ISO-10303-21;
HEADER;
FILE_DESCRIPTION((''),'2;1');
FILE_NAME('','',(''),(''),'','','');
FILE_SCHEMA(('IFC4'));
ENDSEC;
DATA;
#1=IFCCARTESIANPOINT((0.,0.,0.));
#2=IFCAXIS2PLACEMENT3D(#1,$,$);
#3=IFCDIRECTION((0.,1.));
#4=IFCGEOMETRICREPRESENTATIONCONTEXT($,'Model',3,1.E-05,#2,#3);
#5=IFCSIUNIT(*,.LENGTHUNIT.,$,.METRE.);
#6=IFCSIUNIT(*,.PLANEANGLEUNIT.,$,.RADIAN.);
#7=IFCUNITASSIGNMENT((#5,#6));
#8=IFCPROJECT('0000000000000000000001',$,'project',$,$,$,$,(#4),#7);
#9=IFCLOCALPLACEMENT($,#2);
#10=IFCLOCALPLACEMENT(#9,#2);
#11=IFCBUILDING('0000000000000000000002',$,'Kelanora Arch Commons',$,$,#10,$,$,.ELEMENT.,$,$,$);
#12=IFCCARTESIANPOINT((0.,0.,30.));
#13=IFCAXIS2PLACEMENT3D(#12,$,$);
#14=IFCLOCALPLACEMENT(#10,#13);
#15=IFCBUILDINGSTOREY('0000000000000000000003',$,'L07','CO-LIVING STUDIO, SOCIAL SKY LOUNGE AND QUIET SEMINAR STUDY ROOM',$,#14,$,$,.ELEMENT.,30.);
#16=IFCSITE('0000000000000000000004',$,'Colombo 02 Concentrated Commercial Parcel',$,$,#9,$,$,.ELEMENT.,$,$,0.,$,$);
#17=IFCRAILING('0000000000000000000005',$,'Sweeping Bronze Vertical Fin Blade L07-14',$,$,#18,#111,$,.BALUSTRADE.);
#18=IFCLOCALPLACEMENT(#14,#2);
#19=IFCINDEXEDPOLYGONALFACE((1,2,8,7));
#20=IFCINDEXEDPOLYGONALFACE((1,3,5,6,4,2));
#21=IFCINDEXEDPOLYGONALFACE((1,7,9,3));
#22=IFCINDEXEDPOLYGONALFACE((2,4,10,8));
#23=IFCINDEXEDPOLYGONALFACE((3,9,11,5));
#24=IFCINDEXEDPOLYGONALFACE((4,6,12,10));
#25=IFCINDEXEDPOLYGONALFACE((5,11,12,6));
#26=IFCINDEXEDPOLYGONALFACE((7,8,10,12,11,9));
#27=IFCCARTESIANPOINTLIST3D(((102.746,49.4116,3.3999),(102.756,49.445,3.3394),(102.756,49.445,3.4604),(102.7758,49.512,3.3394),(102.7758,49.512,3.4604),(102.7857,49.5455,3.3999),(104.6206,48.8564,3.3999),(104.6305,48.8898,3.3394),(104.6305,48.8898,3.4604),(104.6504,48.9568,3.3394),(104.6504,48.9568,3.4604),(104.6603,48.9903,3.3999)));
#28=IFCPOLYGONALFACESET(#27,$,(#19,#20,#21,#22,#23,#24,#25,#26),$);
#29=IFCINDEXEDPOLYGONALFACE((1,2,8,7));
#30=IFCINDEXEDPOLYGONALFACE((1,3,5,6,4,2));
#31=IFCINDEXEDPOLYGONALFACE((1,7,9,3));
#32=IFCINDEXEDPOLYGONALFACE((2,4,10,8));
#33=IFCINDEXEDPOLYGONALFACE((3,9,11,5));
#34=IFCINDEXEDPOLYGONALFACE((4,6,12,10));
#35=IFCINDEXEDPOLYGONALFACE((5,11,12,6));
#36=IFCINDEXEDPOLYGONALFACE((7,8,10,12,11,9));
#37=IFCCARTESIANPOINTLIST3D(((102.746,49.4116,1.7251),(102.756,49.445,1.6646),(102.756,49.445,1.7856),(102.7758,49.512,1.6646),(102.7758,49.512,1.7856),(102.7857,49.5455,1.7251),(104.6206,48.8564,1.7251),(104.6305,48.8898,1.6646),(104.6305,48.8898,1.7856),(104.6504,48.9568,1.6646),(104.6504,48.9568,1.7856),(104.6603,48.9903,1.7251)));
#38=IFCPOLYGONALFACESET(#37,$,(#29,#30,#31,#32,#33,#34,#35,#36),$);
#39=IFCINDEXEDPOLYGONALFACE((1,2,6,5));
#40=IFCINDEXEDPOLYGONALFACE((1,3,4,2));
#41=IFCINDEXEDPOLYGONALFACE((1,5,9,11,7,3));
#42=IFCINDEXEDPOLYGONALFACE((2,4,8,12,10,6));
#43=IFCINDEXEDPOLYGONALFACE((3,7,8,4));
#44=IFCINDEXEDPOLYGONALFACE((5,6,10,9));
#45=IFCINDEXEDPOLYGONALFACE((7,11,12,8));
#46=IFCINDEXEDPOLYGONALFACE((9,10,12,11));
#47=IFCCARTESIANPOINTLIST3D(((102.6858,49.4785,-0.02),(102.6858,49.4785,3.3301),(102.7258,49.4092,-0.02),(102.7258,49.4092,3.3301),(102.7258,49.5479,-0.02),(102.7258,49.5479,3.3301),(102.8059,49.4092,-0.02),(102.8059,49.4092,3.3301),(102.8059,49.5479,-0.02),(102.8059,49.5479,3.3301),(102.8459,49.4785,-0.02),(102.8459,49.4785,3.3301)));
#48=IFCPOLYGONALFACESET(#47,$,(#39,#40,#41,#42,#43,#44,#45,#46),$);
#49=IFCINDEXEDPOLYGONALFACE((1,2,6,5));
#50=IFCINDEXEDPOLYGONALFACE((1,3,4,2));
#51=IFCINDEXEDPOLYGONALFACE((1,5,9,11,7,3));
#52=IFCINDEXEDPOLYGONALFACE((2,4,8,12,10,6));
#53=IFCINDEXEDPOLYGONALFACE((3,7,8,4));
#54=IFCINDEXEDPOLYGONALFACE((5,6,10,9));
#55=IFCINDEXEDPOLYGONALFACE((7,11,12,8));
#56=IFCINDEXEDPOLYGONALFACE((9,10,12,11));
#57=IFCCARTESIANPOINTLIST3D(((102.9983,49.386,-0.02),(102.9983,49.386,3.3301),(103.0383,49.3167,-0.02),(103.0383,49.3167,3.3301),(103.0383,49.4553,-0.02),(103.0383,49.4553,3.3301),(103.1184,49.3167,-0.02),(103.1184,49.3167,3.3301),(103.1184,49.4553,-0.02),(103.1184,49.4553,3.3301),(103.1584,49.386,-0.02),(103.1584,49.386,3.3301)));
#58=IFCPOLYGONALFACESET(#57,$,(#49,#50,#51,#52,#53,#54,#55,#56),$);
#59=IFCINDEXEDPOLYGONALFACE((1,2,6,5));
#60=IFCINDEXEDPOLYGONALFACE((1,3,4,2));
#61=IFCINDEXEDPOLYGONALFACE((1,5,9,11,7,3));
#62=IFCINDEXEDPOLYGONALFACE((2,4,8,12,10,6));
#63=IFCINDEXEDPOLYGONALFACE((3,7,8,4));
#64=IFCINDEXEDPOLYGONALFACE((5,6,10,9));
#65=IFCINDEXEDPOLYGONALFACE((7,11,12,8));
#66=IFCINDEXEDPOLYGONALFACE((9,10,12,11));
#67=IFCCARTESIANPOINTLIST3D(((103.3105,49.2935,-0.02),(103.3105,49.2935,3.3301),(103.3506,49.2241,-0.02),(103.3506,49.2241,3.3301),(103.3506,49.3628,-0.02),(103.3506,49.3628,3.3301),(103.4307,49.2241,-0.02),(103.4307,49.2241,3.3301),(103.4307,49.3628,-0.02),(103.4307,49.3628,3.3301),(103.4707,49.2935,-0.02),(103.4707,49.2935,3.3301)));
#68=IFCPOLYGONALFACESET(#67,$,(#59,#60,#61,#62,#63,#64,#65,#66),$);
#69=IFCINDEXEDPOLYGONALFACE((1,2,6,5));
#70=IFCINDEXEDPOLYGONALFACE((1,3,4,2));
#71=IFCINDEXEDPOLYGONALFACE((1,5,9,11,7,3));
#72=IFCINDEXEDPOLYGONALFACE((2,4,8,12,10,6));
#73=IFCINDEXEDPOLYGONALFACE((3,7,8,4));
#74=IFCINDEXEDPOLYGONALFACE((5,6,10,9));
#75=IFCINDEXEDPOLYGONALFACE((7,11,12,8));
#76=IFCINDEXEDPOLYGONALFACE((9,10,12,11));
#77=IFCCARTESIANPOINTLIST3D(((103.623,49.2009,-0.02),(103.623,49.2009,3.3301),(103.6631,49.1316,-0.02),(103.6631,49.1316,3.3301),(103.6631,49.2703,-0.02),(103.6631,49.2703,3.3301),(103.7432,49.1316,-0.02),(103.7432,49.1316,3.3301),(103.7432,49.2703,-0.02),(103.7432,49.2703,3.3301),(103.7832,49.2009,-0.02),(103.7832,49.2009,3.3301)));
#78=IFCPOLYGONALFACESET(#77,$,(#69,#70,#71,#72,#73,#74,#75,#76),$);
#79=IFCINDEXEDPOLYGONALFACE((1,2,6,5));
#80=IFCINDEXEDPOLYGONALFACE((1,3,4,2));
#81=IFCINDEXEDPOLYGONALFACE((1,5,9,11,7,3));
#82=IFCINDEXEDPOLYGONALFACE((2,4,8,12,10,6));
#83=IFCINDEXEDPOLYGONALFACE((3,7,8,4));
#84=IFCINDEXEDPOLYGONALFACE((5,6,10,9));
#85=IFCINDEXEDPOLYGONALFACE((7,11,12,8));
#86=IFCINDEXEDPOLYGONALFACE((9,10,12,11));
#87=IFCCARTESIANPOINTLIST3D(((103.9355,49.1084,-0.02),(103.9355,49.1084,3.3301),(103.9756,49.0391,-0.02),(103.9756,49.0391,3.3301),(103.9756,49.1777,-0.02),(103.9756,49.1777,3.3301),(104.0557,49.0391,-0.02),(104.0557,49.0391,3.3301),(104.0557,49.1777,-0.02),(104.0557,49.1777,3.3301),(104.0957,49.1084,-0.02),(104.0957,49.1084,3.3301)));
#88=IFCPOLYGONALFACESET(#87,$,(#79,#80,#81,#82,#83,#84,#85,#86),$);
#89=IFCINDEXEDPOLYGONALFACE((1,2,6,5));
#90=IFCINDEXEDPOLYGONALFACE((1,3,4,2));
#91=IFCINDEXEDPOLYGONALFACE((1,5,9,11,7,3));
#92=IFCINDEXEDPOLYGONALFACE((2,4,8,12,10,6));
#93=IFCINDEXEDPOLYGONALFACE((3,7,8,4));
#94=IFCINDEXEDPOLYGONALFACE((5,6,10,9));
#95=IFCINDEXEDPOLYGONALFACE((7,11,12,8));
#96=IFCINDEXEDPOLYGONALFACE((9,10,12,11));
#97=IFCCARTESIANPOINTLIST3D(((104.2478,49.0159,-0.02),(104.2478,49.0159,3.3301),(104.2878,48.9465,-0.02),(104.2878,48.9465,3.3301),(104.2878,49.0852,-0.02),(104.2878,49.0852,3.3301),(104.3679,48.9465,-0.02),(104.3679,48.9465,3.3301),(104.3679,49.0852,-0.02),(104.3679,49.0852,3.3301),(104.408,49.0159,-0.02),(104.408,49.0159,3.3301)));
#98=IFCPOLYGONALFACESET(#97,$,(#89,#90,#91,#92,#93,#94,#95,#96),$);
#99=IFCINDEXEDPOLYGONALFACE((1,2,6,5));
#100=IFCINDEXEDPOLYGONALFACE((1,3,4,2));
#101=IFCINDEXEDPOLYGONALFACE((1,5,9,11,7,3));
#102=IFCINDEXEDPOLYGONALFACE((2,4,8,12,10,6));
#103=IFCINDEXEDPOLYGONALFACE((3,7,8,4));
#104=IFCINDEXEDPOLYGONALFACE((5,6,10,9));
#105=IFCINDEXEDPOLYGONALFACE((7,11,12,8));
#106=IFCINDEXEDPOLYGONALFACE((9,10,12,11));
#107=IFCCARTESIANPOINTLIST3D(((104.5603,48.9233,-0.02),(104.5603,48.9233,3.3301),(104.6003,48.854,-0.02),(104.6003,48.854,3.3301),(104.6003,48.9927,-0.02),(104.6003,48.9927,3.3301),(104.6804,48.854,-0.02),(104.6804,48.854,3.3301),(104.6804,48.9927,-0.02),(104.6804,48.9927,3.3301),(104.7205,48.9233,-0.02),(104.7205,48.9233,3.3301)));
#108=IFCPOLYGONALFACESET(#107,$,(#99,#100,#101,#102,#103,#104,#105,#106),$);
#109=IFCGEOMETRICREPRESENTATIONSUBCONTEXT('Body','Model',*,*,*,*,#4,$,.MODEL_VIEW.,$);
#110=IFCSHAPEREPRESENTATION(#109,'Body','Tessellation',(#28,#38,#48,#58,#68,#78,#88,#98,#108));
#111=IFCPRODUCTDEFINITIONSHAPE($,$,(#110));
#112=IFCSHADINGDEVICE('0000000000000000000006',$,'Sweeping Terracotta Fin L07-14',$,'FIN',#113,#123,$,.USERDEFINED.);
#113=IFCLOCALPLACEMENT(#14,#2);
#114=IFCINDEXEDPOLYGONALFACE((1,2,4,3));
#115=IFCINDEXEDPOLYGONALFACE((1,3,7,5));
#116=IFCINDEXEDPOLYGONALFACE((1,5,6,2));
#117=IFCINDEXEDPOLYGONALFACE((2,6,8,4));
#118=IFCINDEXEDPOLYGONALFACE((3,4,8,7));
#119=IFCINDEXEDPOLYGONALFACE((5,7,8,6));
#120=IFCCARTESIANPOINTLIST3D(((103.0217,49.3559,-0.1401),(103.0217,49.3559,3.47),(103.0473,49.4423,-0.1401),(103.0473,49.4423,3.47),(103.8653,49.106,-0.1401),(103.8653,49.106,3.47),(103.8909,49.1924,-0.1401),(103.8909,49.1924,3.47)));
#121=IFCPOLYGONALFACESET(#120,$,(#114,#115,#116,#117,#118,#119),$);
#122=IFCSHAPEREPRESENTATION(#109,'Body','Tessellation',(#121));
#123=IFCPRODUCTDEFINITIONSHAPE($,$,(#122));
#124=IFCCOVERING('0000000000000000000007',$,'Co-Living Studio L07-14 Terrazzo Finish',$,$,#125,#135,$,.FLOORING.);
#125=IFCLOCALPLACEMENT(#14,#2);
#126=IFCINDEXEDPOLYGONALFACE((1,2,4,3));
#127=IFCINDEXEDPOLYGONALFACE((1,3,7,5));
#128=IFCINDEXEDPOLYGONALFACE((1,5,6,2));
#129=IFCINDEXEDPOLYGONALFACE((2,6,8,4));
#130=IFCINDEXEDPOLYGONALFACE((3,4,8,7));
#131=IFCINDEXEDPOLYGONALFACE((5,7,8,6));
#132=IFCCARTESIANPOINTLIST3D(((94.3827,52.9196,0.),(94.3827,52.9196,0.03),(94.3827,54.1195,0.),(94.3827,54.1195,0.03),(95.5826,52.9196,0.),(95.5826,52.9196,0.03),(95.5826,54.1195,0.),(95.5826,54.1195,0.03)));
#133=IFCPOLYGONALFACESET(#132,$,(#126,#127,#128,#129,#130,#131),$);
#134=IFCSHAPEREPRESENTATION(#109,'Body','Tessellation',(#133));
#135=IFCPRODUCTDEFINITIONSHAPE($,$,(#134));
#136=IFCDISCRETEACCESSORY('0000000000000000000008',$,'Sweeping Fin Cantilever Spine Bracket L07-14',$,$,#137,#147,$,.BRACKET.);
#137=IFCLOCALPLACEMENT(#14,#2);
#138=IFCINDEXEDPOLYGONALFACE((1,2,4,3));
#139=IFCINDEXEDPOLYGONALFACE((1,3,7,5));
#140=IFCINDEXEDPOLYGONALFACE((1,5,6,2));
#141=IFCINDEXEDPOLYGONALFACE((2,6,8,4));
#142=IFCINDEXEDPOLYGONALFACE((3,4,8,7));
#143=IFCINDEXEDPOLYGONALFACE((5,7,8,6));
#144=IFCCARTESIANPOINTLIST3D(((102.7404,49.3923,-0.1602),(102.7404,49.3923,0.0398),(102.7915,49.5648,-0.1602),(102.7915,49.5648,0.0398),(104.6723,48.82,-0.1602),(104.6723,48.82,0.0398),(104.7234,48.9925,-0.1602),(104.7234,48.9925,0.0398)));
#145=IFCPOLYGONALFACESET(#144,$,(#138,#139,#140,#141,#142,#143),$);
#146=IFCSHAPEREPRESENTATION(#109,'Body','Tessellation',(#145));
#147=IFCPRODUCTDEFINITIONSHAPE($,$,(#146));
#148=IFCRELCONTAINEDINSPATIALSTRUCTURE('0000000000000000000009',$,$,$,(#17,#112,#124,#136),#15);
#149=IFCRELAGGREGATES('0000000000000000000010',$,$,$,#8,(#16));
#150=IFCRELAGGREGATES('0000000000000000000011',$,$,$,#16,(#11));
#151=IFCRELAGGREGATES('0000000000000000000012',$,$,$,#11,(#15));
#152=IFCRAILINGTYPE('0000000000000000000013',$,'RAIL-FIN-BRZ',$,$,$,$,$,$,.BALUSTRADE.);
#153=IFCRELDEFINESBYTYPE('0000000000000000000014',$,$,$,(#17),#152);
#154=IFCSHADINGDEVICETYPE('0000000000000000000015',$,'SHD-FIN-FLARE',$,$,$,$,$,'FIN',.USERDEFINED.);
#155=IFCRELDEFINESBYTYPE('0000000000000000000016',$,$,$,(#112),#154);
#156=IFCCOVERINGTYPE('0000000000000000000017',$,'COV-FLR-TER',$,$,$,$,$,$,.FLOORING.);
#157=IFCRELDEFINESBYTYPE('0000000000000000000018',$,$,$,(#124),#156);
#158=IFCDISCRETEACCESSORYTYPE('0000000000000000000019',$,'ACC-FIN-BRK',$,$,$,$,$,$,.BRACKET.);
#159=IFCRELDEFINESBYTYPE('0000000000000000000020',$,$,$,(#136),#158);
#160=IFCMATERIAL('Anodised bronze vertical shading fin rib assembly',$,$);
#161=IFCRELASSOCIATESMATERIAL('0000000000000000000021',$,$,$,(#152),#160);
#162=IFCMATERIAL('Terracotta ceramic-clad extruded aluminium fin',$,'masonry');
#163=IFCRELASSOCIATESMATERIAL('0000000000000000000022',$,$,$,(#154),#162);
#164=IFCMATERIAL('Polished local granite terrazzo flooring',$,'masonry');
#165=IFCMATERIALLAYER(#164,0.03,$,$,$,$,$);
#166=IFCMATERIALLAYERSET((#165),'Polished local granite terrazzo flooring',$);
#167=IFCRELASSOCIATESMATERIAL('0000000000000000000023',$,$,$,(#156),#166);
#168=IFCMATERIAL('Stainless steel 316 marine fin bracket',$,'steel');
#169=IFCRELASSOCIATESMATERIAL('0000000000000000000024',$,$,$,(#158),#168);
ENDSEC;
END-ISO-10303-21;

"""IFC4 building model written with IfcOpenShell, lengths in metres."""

from ifc_helpers import new_model, si_unit, direction, frame, origin, origin_2d, place, context, subcontext, project, spatial, polyline, rectangle, outline, extrude, source, transform, mapped, material, layer, layer_set, type_object, element, save


model = new_model("IFC4")

# Units and contexts
model_context = context("Model", 3, precision=1e-05, world=origin(), true_north=direction((0.0, 1.0)))
body_context = subcontext(model_context, "Body", "Model", "MODEL_VIEW")
ifc_project = project(units=[si_unit("LENGTHUNIT", "METRE"), si_unit("PLANEANGLEUNIT", "RADIAN")], contexts=[model_context])

# Site, building, storey
site_placement = place(None, origin())
site = spatial("IfcSite", under=ifc_project, at=site_placement, Name="Colombo 02 Concentrated Commercial Parcel", CompositionType="ELEMENT", RefElevation=0.0)
building_placement = place(site_placement, origin())
building = spatial("IfcBuilding", under=site, at=building_placement, Name="Kelanora Arch Commons", CompositionType="ELEMENT")
storey_placement = place(building_placement, frame((0.0, 0.0, 30.0)))
storey = spatial("IfcBuildingStorey", under=building, at=storey_placement, Name="L07", Description="CO-LIVING STUDIO, SOCIAL SKY LOUNGE AND QUIET SEMINAR STUDY ROOM", CompositionType="ELEMENT", Elevation=30.0)

# Railing
ifc_material_1 = material(Name="Anodised bronze vertical shading fin rib assembly")
railing_type = type_object("IfcRailingType", Name="RAIL-FIN-BRZ", PredefinedType="BALUSTRADE", material=ifc_material_1)
railing_placement = place(storey_placement, frame((102.7659, 49.4785, -0.02)))
element("IfcRailing", 1, at=railing_placement, inside=storey, type_object=railing_type, Name="Sweeping Bronze Vertical Fin Blade L07-14", PredefinedType="BALUSTRADE", context=body_context, shape_type="SweptSolid", body=[
    extrude(outline(polyline([(0.0698, 0.0), (0.0349, 0.0605), (-0.0349, 0.0605), (-0.0698, 0.0), (-0.0349, -0.0605), (0.0349, -0.0605), (0.0698, 0.0)])), frame((0.0, 0.0, 3.4199), z_axis=(0.958831, -0.283978, 0.0), x_axis=(0.283978, 0.958831, 0.0)), (0.0, 0.0, 1.0), 1.9551),
    extrude(outline(polyline([(0.0698, 0.0), (0.0349, 0.0605), (-0.0349, 0.0605), (-0.0698, 0.0), (-0.0349, -0.0605), (0.0349, -0.0605), (0.0698, 0.0)])), frame((0.0, 0.0, 1.7451), z_axis=(0.958831, -0.283978, 0.0), x_axis=(0.283978, 0.958831, 0.0)), (0.0, 0.0, 1.0), 1.9551),
    extrude(outline(polyline([(0.0801, 0.0), (0.04, 0.0693), (-0.04, 0.0693), (-0.0801, 0.0), (-0.04, -0.0693), (0.04, -0.0693), (0.0801, 0.0)])), origin(), (0.0, 0.0, 1.0), 3.3501),
    extrude(outline(polyline([(0.0801, 0.0), (0.04, 0.0693), (-0.04, 0.0693), (-0.0801, 0.0), (-0.04, -0.0693), (0.04, -0.0693), (0.0801, 0.0)])), frame((0.3125, -0.0925, 0.0)), (0.0, 0.0, 1.0), 3.3501),
    extrude(outline(polyline([(0.0801, 0.0), (0.04, 0.0693), (-0.04, 0.0693), (-0.0801, 0.0), (-0.04, -0.0693), (0.04, -0.0693), (0.0801, 0.0)])), frame((0.6248, -0.1851, 0.0)), (0.0, 0.0, 1.0), 3.3501),
    extrude(outline(polyline([(0.0801, 0.0), (0.04, 0.0693), (-0.04, 0.0693), (-0.0801, 0.0), (-0.04, -0.0693), (0.04, -0.0693), (0.0801, 0.0)])), frame((0.9373, -0.2776, 0.0)), (0.0, 0.0, 1.0), 3.3501),
    extrude(outline(polyline([(0.0801, 0.0), (0.04, 0.0693), (-0.04, 0.0693), (-0.0801, 0.0), (-0.04, -0.0693), (0.04, -0.0693), (0.0801, 0.0)])), frame((1.2498, -0.3701, 0.0)), (0.0, 0.0, 1.0), 3.3501),
    extrude(outline(polyline([(0.0801, 0.0), (0.04, 0.0693), (-0.04, 0.0693), (-0.0801, 0.0), (-0.04, -0.0693), (0.04, -0.0693), (0.0801, 0.0)])), frame((1.562, -0.4626, 0.0)), (0.0, 0.0, 1.0), 3.3501),
    extrude(outline(polyline([(0.0801, 0.0), (0.04, 0.0693), (-0.04, 0.0693), (-0.0801, 0.0), (-0.04, -0.0693), (0.04, -0.0693), (0.0801, 0.0)])), frame((1.8745, -0.5552, 0.0)), (0.0, 0.0, 1.0), 3.3501),
])

# Shading device
ifc_material_2 = material(Name="Terracotta ceramic-clad extruded aluminium fin", Category="masonry")
shading_device_type = type_object("IfcShadingDeviceType", Name="SHD-FIN-FLARE", ElementType="FIN", PredefinedType="USERDEFINED", material=ifc_material_2)
shared_shape_1 = source(origin(), body_context, "Body", "SweptSolid", [
    extrude(rectangle(XDim=0.8799, YDim=0.0901, at=origin_2d()), origin(), (0.0, 0.0, 1.0), 3.6101),
])
shading_device_placement = place(storey_placement, frame((103.4563, 49.2742, -0.1401), z_axis=(0.0, 0.0, 1.0), x_axis=(0.95882, -0.284015, 0.0)))
element("IfcShadingDevice", 2, at=shading_device_placement, inside=storey, type_object=shading_device_type, Name="Sweeping Terracotta Fin L07-14", ObjectType="FIN", PredefinedType="USERDEFINED", context=body_context, shape_type="MappedRepresentation", body=[
    mapped(shared_shape_1, transform((0.0, 0.0, 0.0), scale=1.0)),
])

# Covering
ifc_material_3 = material(Name="Polished local granite terrazzo flooring", Category="masonry")
ifc_layer_1 = layer(ifc_material_3, 0.03)
ifc_layer_set_1 = layer_set([ifc_layer_1], Name="Polished local granite terrazzo flooring")
covering_type = type_object("IfcCoveringType", Name="COV-FLR-TER", PredefinedType="FLOORING", material=ifc_layer_set_1)
shared_shape_2 = source(origin(), body_context, "Body", "SweptSolid", [
    extrude(rectangle(XDim=1.2, YDim=1.2, at=origin_2d()), origin(), (0.0, 0.0, 1.0), 0.03),
])
covering_placement = place(storey_placement, frame((94.9827, 53.5195, 0.0), z_axis=(0.0, 0.0, 1.0), x_axis=(1.0, 0.0, 0.0)))
element("IfcCovering", 3, at=covering_placement, inside=storey, type_object=covering_type, Name="Co-Living Studio L07-14 Terrazzo Finish", PredefinedType="FLOORING", context=body_context, shape_type="MappedRepresentation", body=[
    mapped(shared_shape_2, transform((0.0, 0.0, 0.0), scale=1.0)),
])

# Discrete accessory
ifc_material_4 = material(Name="Stainless steel 316 marine fin bracket", Category="steel")
discrete_accessory_type = type_object("IfcDiscreteAccessoryType", Name="ACC-FIN-BRK", PredefinedType="BRACKET", material=ifc_material_4)
shared_shape_3 = source(origin(), body_context, "Body", "SweptSolid", [
    extrude(rectangle(XDim=2.0149, YDim=0.1799, at=origin_2d()), origin(), (0.0, 0.0, 1.0), 0.2),
])
discrete_accessory_placement = place(storey_placement, frame((103.7319, 49.1924, -0.1602), z_axis=(0.0, 0.0, 1.0), x_axis=(0.95882, -0.284015, 0.0)))
element("IfcDiscreteAccessory", 4, at=discrete_accessory_placement, inside=storey, type_object=discrete_accessory_type, Name="Sweeping Fin Cantilever Spine Bracket L07-14", PredefinedType="BRACKET", context=body_context, shape_type="MappedRepresentation", body=[
    mapped(shared_shape_3, transform((0.0, 0.0, 0.0), scale=1.0)),
])

save(model, "model.ifc")
